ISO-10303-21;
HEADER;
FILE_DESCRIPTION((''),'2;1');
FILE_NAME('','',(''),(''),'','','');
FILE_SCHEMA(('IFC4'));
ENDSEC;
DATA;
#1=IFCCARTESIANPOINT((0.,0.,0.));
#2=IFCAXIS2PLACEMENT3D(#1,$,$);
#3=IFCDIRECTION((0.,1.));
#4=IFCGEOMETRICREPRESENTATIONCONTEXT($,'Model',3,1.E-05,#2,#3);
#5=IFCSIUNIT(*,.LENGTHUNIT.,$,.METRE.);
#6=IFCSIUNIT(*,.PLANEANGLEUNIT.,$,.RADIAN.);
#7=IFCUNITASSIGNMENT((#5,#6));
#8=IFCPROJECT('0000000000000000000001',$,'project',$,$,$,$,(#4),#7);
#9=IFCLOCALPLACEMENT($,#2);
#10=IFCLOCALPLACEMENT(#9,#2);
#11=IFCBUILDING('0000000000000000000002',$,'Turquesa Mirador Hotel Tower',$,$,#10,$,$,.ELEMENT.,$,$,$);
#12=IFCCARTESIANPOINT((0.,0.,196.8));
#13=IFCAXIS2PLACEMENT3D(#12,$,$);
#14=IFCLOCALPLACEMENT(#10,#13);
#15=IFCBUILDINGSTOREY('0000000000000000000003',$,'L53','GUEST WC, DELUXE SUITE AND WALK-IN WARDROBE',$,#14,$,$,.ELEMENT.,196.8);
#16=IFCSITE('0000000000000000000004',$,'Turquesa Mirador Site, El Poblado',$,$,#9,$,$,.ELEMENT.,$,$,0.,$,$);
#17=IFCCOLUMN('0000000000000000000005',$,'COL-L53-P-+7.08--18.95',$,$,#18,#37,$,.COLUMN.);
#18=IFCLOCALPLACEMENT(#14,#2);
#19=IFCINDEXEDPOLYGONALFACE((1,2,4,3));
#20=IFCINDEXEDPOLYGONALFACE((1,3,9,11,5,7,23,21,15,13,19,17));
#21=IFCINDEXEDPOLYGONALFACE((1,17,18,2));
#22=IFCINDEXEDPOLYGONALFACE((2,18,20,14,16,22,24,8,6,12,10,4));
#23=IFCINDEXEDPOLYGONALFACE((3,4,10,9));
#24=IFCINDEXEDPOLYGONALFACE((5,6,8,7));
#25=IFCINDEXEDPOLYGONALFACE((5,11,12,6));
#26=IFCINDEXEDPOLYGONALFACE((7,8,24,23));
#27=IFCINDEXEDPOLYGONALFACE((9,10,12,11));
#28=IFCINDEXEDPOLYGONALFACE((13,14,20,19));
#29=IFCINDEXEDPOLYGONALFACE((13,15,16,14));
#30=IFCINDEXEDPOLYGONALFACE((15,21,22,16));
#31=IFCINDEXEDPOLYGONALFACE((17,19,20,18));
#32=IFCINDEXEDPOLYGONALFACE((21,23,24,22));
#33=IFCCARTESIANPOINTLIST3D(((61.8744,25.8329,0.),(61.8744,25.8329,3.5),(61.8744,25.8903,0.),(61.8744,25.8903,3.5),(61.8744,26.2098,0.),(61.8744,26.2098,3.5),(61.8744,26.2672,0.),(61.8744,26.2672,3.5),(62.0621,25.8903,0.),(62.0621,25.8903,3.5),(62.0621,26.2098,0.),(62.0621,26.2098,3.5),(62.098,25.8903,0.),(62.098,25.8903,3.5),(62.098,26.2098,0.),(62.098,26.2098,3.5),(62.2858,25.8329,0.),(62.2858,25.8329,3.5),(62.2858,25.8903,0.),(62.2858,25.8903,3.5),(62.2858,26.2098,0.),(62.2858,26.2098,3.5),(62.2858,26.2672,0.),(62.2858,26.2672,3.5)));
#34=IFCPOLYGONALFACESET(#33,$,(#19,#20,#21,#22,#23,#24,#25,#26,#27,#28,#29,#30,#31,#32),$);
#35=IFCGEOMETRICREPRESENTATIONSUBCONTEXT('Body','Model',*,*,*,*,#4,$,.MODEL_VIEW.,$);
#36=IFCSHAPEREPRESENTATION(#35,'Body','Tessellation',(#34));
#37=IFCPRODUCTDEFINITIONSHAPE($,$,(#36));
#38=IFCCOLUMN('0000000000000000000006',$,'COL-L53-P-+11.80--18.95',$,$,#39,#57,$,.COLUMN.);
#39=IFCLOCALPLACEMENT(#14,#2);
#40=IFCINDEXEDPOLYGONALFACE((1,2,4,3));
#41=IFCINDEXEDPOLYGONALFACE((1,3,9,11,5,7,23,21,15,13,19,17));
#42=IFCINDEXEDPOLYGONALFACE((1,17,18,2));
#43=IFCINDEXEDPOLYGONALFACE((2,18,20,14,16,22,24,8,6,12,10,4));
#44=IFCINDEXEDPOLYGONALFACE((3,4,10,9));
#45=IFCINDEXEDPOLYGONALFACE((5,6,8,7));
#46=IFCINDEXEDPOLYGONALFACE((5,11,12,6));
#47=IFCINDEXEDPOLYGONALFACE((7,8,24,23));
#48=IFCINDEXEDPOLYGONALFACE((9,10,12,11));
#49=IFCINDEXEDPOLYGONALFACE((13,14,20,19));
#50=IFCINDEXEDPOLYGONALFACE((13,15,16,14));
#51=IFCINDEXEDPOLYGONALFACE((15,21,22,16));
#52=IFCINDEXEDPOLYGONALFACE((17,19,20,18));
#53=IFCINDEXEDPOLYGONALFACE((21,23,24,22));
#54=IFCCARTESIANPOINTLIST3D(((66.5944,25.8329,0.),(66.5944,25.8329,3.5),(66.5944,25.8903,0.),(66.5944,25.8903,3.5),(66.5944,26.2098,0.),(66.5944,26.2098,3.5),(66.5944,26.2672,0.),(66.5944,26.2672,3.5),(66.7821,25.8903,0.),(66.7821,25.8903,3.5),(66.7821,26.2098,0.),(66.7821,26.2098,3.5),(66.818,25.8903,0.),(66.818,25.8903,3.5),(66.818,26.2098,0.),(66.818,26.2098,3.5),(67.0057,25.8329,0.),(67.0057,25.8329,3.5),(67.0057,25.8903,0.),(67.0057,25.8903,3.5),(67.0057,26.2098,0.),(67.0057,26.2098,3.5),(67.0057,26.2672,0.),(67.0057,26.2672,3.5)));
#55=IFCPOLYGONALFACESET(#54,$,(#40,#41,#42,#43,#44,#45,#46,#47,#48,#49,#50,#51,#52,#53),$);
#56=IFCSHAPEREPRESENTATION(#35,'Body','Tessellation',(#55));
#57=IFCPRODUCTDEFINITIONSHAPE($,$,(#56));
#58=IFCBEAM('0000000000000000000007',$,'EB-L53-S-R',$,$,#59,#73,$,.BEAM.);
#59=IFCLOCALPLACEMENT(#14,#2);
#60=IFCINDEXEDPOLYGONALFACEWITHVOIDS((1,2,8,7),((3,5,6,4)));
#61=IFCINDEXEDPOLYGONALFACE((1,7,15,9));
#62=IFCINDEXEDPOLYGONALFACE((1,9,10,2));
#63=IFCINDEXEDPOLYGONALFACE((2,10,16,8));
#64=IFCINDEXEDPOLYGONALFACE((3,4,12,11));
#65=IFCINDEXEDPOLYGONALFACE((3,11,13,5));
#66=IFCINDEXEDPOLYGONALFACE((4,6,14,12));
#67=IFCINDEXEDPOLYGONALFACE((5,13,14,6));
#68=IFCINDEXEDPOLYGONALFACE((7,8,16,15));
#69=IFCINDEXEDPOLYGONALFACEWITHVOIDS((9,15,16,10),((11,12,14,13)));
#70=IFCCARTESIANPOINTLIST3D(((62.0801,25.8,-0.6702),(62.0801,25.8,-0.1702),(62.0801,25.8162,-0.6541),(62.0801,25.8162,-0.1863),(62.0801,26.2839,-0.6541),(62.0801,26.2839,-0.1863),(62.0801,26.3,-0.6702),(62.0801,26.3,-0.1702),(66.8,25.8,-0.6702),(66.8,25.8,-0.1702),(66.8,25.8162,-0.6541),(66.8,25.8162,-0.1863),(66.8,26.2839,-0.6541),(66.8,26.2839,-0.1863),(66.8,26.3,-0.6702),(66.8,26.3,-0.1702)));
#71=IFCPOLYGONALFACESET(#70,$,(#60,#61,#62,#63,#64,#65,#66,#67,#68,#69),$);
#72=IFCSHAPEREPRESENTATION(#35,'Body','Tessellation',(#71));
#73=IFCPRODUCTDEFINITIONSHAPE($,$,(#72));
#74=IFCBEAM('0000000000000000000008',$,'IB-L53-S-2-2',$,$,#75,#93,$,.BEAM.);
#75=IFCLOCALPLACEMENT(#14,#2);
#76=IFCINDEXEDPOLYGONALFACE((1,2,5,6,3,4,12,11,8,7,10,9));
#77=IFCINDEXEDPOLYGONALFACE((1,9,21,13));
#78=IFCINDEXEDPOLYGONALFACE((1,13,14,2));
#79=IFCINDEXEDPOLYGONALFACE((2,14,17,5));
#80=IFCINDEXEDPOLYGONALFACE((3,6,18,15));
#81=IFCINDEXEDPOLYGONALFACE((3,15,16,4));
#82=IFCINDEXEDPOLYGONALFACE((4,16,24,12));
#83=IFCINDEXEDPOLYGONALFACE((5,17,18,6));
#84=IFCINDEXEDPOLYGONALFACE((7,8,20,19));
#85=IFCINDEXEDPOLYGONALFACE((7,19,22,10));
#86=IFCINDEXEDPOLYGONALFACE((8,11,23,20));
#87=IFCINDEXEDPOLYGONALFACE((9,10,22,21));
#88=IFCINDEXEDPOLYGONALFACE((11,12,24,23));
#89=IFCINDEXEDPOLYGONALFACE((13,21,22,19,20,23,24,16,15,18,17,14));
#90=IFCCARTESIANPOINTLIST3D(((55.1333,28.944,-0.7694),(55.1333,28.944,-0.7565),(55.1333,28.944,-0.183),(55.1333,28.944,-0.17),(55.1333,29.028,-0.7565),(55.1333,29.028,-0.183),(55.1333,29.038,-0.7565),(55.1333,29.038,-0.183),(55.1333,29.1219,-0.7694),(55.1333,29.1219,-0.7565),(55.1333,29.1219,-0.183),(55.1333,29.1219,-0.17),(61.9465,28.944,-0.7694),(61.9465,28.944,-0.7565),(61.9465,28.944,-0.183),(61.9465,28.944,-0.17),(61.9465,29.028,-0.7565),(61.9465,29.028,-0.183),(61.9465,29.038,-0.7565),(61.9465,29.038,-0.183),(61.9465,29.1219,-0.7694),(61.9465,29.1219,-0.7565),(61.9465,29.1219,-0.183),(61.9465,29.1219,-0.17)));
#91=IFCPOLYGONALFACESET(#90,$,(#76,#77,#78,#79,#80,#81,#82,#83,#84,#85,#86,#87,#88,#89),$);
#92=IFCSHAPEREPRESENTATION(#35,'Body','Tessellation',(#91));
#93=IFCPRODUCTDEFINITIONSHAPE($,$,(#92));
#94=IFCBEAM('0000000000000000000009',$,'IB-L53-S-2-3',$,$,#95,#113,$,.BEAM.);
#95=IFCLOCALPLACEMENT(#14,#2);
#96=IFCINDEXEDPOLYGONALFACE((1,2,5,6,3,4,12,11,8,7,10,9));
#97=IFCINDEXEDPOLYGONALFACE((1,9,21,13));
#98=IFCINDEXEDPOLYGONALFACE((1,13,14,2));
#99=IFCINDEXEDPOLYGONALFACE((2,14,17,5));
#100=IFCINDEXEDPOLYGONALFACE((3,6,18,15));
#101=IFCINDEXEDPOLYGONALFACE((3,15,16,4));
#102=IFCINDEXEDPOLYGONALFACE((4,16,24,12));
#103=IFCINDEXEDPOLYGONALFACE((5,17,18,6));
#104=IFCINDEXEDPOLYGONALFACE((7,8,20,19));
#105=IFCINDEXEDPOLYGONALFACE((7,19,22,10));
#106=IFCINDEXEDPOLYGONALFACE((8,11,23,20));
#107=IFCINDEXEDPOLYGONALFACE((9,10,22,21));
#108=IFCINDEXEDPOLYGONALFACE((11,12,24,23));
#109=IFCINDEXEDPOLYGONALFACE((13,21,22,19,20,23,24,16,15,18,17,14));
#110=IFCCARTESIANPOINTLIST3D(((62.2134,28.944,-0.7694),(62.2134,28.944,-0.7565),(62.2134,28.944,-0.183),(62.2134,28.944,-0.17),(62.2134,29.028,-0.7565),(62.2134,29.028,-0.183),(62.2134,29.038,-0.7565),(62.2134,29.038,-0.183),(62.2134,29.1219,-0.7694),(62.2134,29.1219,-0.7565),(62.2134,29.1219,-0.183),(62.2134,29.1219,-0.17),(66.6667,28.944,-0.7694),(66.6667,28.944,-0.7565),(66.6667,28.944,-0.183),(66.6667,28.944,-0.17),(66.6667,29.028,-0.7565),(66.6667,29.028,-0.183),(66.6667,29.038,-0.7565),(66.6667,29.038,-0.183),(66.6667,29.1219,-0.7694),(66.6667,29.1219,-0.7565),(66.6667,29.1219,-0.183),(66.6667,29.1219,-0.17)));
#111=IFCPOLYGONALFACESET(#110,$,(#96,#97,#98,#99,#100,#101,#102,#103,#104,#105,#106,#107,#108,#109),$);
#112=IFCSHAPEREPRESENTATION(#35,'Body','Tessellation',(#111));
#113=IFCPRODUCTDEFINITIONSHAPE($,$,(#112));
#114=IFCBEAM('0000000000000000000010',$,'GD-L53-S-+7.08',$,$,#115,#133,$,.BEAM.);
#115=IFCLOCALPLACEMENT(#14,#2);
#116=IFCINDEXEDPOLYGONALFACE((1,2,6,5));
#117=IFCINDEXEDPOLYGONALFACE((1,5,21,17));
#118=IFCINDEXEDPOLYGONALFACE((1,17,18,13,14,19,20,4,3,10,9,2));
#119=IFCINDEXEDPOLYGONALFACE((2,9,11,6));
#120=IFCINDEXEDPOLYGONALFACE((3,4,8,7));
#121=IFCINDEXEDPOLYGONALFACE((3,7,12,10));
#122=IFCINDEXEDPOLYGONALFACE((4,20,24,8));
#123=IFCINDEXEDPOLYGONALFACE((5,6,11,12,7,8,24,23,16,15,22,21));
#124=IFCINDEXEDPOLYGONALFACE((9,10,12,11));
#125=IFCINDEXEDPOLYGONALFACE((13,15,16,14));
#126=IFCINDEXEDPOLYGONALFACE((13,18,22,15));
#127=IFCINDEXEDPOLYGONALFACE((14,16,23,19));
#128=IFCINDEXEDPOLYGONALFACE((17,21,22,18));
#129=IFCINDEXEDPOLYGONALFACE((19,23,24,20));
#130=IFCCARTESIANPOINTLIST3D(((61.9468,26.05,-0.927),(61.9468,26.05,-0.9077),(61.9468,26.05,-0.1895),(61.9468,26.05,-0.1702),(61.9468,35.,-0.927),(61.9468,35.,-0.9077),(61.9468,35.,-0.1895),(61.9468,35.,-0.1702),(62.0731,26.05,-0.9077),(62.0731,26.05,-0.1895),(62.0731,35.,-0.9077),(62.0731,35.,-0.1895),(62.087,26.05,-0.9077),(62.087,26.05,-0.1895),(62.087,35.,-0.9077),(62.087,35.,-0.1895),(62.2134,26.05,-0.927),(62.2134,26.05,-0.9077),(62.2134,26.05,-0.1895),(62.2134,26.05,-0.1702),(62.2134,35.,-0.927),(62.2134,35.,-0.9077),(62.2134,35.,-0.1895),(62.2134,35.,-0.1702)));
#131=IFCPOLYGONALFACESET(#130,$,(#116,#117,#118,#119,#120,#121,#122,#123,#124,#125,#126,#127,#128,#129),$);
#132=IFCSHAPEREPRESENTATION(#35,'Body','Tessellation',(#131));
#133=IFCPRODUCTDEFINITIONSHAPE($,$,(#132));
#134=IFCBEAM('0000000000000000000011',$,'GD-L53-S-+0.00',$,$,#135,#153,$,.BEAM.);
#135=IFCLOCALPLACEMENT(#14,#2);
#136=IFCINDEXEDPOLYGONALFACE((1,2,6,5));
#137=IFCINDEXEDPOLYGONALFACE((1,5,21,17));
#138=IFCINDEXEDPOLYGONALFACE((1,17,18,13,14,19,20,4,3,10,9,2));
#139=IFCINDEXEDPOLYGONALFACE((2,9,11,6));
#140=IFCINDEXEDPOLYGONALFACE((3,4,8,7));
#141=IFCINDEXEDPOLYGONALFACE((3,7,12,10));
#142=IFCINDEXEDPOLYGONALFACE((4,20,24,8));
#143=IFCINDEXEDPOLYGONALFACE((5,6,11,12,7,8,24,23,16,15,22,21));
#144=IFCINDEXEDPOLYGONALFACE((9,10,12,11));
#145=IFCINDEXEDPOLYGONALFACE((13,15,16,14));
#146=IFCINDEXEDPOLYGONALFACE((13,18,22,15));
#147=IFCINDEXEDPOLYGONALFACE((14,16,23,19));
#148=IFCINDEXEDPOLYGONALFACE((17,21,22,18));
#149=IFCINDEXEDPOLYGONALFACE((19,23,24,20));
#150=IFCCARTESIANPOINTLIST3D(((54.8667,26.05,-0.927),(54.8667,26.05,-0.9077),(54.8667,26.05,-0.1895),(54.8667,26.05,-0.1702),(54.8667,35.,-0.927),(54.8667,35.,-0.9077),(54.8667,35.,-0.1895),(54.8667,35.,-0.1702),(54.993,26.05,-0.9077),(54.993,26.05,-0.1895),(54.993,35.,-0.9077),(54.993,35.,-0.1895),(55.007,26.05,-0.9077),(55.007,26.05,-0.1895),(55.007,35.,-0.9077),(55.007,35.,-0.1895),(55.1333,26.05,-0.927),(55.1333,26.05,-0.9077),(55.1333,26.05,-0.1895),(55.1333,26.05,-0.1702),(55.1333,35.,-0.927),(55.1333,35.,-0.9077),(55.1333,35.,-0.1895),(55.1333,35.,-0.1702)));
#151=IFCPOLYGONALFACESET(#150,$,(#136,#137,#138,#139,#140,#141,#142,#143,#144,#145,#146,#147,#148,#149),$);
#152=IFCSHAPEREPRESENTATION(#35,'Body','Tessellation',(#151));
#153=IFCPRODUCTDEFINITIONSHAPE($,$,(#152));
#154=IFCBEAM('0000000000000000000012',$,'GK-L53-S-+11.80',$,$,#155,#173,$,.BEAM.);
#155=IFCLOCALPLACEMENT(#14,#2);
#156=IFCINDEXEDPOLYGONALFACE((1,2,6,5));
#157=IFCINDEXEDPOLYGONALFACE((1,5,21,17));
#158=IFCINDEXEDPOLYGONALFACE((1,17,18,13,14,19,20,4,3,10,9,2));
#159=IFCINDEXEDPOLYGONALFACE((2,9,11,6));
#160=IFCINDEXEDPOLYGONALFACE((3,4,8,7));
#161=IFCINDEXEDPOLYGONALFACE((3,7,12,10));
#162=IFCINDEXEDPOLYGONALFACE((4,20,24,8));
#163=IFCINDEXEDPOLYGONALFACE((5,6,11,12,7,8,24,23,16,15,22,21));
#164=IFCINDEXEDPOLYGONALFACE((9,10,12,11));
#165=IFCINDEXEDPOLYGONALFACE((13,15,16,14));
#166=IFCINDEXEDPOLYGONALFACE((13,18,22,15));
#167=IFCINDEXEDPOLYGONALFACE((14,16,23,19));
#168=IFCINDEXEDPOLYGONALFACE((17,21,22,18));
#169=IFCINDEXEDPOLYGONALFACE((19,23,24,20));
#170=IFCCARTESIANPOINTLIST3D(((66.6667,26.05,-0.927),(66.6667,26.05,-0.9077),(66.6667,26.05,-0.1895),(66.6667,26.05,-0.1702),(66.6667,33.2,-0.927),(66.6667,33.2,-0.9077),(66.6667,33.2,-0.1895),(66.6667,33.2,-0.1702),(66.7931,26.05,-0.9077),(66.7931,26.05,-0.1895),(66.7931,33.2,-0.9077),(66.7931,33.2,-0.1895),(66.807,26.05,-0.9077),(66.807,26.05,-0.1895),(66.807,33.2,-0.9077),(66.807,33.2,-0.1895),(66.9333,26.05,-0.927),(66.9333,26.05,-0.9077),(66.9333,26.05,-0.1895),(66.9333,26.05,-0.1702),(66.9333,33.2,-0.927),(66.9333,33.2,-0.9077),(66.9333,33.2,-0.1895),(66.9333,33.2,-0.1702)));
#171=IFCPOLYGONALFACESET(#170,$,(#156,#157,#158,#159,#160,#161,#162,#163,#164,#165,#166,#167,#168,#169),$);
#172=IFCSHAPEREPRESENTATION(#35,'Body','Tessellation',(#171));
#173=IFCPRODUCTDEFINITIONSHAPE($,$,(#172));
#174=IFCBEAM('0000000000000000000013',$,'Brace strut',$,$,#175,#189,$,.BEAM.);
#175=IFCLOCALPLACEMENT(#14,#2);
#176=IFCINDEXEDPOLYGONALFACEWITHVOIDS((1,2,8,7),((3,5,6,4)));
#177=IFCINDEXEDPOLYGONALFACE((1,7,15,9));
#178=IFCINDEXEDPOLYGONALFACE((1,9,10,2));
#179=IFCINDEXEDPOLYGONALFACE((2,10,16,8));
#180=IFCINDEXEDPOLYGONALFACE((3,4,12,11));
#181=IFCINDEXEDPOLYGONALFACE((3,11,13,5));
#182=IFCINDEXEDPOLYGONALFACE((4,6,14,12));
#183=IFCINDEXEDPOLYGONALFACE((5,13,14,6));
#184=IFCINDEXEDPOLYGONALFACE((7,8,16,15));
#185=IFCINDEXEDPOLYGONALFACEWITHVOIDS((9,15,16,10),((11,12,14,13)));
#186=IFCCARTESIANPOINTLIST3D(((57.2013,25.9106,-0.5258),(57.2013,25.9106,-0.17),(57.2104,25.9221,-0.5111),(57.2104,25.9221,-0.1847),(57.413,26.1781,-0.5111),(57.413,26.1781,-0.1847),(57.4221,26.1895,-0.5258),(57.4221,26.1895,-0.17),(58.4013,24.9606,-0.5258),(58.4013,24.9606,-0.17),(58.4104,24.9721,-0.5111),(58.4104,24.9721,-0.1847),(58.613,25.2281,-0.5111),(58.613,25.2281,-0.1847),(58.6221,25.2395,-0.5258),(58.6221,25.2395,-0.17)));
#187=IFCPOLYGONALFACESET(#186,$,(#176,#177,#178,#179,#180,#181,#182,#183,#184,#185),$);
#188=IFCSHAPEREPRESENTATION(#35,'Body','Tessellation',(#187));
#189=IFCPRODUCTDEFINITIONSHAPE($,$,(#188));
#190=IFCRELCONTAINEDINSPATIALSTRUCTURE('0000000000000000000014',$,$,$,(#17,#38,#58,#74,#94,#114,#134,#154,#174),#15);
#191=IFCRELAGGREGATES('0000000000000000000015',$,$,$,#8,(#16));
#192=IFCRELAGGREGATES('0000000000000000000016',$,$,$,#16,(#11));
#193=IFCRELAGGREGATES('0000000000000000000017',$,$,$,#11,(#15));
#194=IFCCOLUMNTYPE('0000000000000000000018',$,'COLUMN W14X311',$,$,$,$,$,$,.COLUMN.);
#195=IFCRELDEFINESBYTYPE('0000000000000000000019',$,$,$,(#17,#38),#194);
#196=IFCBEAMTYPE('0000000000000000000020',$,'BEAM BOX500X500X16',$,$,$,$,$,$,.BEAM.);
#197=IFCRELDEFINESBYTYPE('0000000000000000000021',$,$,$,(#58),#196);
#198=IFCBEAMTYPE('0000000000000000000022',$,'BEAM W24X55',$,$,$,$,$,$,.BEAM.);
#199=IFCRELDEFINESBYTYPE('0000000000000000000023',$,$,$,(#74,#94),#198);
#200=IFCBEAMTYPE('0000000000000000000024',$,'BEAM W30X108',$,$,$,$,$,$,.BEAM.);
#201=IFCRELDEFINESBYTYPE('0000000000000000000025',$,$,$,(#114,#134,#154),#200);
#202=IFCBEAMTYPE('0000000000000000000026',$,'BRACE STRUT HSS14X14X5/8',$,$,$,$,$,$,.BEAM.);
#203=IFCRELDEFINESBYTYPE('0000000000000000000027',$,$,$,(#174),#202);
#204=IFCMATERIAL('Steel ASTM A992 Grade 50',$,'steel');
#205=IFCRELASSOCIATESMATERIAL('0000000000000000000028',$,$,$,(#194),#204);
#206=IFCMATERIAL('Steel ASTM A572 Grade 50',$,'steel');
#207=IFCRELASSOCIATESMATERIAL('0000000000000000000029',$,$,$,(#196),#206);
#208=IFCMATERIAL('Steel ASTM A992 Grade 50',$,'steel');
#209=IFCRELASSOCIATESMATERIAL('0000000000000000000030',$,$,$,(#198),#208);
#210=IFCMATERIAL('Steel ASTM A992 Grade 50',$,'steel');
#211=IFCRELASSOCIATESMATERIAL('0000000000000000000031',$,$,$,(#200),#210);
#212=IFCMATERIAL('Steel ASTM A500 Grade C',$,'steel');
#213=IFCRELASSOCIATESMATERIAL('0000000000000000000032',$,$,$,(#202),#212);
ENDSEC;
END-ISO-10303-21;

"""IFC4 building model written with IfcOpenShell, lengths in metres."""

from ifc_helpers import new_model, si_unit, direction, frame, origin, origin_2d, place, context, subcontext, project, spatial, hollow_rectangle, i_section, extrude, material, material_profile, profile_set, type_object, element, save


model = new_model("IFC4")

# Units and contexts
model_context = context("Model", 3, precision=1e-05, world=origin(), true_north=direction((0.0, 1.0)))
body_context = subcontext(model_context, "Body", "Model", "MODEL_VIEW")
ifc_project = project(units=[si_unit("LENGTHUNIT", "METRE"), si_unit("PLANEANGLEUNIT", "RADIAN")], contexts=[model_context])

# Site, building, storey
site_placement = place(None, origin())
site = spatial("IfcSite", under=ifc_project, at=site_placement, Name="Turquesa Mirador Site, El Poblado", CompositionType="ELEMENT", RefElevation=0.0)
building_placement = place(site_placement, origin())
building = spatial("IfcBuilding", under=site, at=building_placement, Name="Turquesa Mirador Hotel Tower", CompositionType="ELEMENT")
storey_placement = place(building_placement, frame((0.0, 0.0, 196.8)))
storey = spatial("IfcBuildingStorey", under=building, at=storey_placement, Name="L53", Description="GUEST WC, DELUXE SUITE AND WALK-IN WARDROBE", CompositionType="ELEMENT", Elevation=196.8)

# Columns
ifc_material_1 = material(Name="Steel ASTM A992 Grade 50", Category="steel")
ifc_material_profile_1 = material_profile(ifc_material_1, i_section(OverallWidth=0.4114, OverallDepth=0.4343, WebThickness=0.0359, FlangeThickness=0.0574, at=origin_2d()), Name="W14X311")
ifc_profile_set_1 = profile_set([ifc_material_profile_1], Name="Steel ASTM A992 Grade 50")
column_type = type_object("IfcColumnType", Name="COLUMN W14X311", PredefinedType="COLUMN", material=ifc_profile_set_1)
for number, where, z_axis, x_axis, name in (
    (1, (62.0801, 26.05, 0.0), (0.0, 0.0, 1.0), (1.0, 0.0, 0.0), "COL-L53-P-+7.08--18.95"),
    (2, (66.8, 26.05, 0.0), (0.0, 0.0, 1.0), (1.0, 0.0, 0.0), "COL-L53-P-+11.80--18.95"),
):
    element("IfcColumn", number, at=place(storey_placement, frame(where, z_axis=z_axis, x_axis=x_axis)), inside=storey, type_object=column_type, Name=name, PredefinedType="COLUMN", context=body_context, shape_type="SweptSolid", body=[
        extrude(i_section(OverallWidth=0.4114, OverallDepth=0.4343, WebThickness=0.0359, FlangeThickness=0.0574, at=origin_2d()), origin(), (0.0, 0.0, 1.0), 3.5),
    ])

# Beams
ifc_material_2 = material(Name="Steel ASTM A572 Grade 50", Category="steel")
ifc_material_profile_2 = material_profile(ifc_material_2, hollow_rectangle(XDim=0.5, YDim=0.5, WallThickness=0.0161, at=origin_2d()), Name="BOX500X500X16")
ifc_profile_set_2 = profile_set([ifc_material_profile_2], Name="Steel ASTM A572 Grade 50")
beam_type_1 = type_object("IfcBeamType", Name="BEAM BOX500X500X16", PredefinedType="BEAM", material=ifc_profile_set_2)
beam_1_placement = place(storey_placement, frame((62.0801, 26.05, -0.4202), z_axis=(1.0, 0.0, 0.0), x_axis=(0.0, 1.0, 0.0)))
element("IfcBeam", 3, at=beam_1_placement, inside=storey, type_object=beam_type_1, Name="EB-L53-S-R", PredefinedType="BEAM", context=body_context, shape_type="SweptSolid", body=[
    extrude(hollow_rectangle(XDim=0.5, YDim=0.5, WallThickness=0.0161, at=origin_2d()), origin(), (0.0, 0.0, 1.0), 4.72),
])
ifc_material_3 = material(Name="Steel ASTM A992 Grade 50", Category="steel")
ifc_material_profile_3 = material_profile(ifc_material_3, i_section(OverallWidth=0.178, OverallDepth=0.5994, WebThickness=0.01, FlangeThickness=0.0129, at=origin_2d()), Name="W24X55")
ifc_profile_set_3 = profile_set([ifc_material_profile_3], Name="Steel ASTM A992 Grade 50")
beam_type_2 = type_object("IfcBeamType", Name="BEAM W24X55", PredefinedType="BEAM", material=ifc_profile_set_3)
beam_2_placement = place(storey_placement, frame((55.1333, 29.033, -0.4697), z_axis=(1.0, 0.0, 0.0), x_axis=(0.0, 1.0, 0.0)))
element("IfcBeam", 4, at=beam_2_placement, inside=storey, type_object=beam_type_2, Name="IB-L53-S-2-2", PredefinedType="BEAM", context=body_context, shape_type="SweptSolid", body=[
    extrude(i_section(OverallWidth=0.178, OverallDepth=0.5994, WebThickness=0.01, FlangeThickness=0.0129, at=origin_2d()), origin(), (0.0, 0.0, 1.0), 6.8132),
])
beam_3_placement = place(storey_placement, frame((62.2134, 29.033, -0.4697), z_axis=(1.0, 0.0, 0.0), x_axis=(0.0, 1.0, 0.0)))
element("IfcBeam", 5, at=beam_3_placement, inside=storey, type_object=beam_type_2, Name="IB-L53-S-2-3", PredefinedType="BEAM", context=body_context, shape_type="SweptSolid", body=[
    extrude(i_section(OverallWidth=0.178, OverallDepth=0.5994, WebThickness=0.01, FlangeThickness=0.0129, at=origin_2d()), origin(), (0.0, 0.0, 1.0), 4.4534),
])
ifc_material_4 = material(Name="Steel ASTM A992 Grade 50", Category="steel")
ifc_material_profile_4 = material_profile(ifc_material_4, i_section(OverallWidth=0.2666, OverallDepth=0.7568, WebThickness=0.0139, FlangeThickness=0.0193, at=origin_2d()), Name="W30X108")
ifc_profile_set_4 = profile_set([ifc_material_profile_4], Name="Steel ASTM A992 Grade 50")
beam_type_3 = type_object("IfcBeamType", Name="BEAM W30X108", PredefinedType="BEAM", material=ifc_profile_set_4)
for number, where, z_axis, x_axis, name in (
    (6, (62.0801, 26.05, -0.5486), (0.0, 1.0, 0.0), (-1.0, 0.0, 0.0), "GD-L53-S-+7.08"),
    (7, (55.0, 26.05, -0.5486), (0.0, 1.0, 0.0), (-1.0, 0.0, 0.0), "GD-L53-S-+0.00"),
):
    element("IfcBeam", number, at=place(storey_placement, frame(where, z_axis=z_axis, x_axis=x_axis)), inside=storey, type_object=beam_type_3, Name=name, PredefinedType="BEAM", context=body_context, shape_type="SweptSolid", body=[
        extrude(i_section(OverallWidth=0.2666, OverallDepth=0.7568, WebThickness=0.0139, FlangeThickness=0.0193, at=origin_2d()), origin(), (0.0, 0.0, 1.0), 8.95),
    ])
beam_4_placement = place(storey_placement, frame((66.8, 26.05, -0.5486), z_axis=(0.0, 1.0, 0.0), x_axis=(-1.0, 0.0, 0.0)))
element("IfcBeam", 8, at=beam_4_placement, inside=storey, type_object=beam_type_3, Name="GK-L53-S-+11.80", PredefinedType="BEAM", context=body_context, shape_type="SweptSolid", body=[
    extrude(i_section(OverallWidth=0.2666, OverallDepth=0.7568, WebThickness=0.0139, FlangeThickness=0.0193, at=origin_2d()), origin(), (0.0, 0.0, 1.0), 7.1499),
])
ifc_material_5 = material(Name="Steel ASTM A500 Grade C", Category="steel")
ifc_material_profile_5 = material_profile(ifc_material_5, hollow_rectangle(XDim=0.3557, YDim=0.3557, WallThickness=0.0146, at=origin_2d()), Name="HSS14X14X5/8")
ifc_profile_set_5 = profile_set([ifc_material_profile_5], Name="Steel ASTM A500 Grade C")
beam_type_4 = type_object("IfcBeamType", Name="BRACE STRUT HSS14X14X5/8", PredefinedType="BEAM", material=ifc_profile_set_5)
for number, where, z_axis, x_axis, name in (
    (9, (58.5117, 25.1001, -0.3479), (-0.784049, 0.620699, 0.0), (-0.620699, -0.784049, 0.0), "Brace strut"),
):
    element("IfcBeam", number, at=place(storey_placement, frame(where, z_axis=z_axis, x_axis=x_axis)), inside=storey, type_object=beam_type_4, Name=name, PredefinedType="BEAM", context=body_context, shape_type="SweptSolid", body=[
        extrude(hollow_rectangle(XDim=0.3557, YDim=0.3557, WallThickness=0.0146, at=origin_2d()), origin(), (0.0, 0.0, 1.0), 1.5305),
    ])

save(model, "model.ifc")
